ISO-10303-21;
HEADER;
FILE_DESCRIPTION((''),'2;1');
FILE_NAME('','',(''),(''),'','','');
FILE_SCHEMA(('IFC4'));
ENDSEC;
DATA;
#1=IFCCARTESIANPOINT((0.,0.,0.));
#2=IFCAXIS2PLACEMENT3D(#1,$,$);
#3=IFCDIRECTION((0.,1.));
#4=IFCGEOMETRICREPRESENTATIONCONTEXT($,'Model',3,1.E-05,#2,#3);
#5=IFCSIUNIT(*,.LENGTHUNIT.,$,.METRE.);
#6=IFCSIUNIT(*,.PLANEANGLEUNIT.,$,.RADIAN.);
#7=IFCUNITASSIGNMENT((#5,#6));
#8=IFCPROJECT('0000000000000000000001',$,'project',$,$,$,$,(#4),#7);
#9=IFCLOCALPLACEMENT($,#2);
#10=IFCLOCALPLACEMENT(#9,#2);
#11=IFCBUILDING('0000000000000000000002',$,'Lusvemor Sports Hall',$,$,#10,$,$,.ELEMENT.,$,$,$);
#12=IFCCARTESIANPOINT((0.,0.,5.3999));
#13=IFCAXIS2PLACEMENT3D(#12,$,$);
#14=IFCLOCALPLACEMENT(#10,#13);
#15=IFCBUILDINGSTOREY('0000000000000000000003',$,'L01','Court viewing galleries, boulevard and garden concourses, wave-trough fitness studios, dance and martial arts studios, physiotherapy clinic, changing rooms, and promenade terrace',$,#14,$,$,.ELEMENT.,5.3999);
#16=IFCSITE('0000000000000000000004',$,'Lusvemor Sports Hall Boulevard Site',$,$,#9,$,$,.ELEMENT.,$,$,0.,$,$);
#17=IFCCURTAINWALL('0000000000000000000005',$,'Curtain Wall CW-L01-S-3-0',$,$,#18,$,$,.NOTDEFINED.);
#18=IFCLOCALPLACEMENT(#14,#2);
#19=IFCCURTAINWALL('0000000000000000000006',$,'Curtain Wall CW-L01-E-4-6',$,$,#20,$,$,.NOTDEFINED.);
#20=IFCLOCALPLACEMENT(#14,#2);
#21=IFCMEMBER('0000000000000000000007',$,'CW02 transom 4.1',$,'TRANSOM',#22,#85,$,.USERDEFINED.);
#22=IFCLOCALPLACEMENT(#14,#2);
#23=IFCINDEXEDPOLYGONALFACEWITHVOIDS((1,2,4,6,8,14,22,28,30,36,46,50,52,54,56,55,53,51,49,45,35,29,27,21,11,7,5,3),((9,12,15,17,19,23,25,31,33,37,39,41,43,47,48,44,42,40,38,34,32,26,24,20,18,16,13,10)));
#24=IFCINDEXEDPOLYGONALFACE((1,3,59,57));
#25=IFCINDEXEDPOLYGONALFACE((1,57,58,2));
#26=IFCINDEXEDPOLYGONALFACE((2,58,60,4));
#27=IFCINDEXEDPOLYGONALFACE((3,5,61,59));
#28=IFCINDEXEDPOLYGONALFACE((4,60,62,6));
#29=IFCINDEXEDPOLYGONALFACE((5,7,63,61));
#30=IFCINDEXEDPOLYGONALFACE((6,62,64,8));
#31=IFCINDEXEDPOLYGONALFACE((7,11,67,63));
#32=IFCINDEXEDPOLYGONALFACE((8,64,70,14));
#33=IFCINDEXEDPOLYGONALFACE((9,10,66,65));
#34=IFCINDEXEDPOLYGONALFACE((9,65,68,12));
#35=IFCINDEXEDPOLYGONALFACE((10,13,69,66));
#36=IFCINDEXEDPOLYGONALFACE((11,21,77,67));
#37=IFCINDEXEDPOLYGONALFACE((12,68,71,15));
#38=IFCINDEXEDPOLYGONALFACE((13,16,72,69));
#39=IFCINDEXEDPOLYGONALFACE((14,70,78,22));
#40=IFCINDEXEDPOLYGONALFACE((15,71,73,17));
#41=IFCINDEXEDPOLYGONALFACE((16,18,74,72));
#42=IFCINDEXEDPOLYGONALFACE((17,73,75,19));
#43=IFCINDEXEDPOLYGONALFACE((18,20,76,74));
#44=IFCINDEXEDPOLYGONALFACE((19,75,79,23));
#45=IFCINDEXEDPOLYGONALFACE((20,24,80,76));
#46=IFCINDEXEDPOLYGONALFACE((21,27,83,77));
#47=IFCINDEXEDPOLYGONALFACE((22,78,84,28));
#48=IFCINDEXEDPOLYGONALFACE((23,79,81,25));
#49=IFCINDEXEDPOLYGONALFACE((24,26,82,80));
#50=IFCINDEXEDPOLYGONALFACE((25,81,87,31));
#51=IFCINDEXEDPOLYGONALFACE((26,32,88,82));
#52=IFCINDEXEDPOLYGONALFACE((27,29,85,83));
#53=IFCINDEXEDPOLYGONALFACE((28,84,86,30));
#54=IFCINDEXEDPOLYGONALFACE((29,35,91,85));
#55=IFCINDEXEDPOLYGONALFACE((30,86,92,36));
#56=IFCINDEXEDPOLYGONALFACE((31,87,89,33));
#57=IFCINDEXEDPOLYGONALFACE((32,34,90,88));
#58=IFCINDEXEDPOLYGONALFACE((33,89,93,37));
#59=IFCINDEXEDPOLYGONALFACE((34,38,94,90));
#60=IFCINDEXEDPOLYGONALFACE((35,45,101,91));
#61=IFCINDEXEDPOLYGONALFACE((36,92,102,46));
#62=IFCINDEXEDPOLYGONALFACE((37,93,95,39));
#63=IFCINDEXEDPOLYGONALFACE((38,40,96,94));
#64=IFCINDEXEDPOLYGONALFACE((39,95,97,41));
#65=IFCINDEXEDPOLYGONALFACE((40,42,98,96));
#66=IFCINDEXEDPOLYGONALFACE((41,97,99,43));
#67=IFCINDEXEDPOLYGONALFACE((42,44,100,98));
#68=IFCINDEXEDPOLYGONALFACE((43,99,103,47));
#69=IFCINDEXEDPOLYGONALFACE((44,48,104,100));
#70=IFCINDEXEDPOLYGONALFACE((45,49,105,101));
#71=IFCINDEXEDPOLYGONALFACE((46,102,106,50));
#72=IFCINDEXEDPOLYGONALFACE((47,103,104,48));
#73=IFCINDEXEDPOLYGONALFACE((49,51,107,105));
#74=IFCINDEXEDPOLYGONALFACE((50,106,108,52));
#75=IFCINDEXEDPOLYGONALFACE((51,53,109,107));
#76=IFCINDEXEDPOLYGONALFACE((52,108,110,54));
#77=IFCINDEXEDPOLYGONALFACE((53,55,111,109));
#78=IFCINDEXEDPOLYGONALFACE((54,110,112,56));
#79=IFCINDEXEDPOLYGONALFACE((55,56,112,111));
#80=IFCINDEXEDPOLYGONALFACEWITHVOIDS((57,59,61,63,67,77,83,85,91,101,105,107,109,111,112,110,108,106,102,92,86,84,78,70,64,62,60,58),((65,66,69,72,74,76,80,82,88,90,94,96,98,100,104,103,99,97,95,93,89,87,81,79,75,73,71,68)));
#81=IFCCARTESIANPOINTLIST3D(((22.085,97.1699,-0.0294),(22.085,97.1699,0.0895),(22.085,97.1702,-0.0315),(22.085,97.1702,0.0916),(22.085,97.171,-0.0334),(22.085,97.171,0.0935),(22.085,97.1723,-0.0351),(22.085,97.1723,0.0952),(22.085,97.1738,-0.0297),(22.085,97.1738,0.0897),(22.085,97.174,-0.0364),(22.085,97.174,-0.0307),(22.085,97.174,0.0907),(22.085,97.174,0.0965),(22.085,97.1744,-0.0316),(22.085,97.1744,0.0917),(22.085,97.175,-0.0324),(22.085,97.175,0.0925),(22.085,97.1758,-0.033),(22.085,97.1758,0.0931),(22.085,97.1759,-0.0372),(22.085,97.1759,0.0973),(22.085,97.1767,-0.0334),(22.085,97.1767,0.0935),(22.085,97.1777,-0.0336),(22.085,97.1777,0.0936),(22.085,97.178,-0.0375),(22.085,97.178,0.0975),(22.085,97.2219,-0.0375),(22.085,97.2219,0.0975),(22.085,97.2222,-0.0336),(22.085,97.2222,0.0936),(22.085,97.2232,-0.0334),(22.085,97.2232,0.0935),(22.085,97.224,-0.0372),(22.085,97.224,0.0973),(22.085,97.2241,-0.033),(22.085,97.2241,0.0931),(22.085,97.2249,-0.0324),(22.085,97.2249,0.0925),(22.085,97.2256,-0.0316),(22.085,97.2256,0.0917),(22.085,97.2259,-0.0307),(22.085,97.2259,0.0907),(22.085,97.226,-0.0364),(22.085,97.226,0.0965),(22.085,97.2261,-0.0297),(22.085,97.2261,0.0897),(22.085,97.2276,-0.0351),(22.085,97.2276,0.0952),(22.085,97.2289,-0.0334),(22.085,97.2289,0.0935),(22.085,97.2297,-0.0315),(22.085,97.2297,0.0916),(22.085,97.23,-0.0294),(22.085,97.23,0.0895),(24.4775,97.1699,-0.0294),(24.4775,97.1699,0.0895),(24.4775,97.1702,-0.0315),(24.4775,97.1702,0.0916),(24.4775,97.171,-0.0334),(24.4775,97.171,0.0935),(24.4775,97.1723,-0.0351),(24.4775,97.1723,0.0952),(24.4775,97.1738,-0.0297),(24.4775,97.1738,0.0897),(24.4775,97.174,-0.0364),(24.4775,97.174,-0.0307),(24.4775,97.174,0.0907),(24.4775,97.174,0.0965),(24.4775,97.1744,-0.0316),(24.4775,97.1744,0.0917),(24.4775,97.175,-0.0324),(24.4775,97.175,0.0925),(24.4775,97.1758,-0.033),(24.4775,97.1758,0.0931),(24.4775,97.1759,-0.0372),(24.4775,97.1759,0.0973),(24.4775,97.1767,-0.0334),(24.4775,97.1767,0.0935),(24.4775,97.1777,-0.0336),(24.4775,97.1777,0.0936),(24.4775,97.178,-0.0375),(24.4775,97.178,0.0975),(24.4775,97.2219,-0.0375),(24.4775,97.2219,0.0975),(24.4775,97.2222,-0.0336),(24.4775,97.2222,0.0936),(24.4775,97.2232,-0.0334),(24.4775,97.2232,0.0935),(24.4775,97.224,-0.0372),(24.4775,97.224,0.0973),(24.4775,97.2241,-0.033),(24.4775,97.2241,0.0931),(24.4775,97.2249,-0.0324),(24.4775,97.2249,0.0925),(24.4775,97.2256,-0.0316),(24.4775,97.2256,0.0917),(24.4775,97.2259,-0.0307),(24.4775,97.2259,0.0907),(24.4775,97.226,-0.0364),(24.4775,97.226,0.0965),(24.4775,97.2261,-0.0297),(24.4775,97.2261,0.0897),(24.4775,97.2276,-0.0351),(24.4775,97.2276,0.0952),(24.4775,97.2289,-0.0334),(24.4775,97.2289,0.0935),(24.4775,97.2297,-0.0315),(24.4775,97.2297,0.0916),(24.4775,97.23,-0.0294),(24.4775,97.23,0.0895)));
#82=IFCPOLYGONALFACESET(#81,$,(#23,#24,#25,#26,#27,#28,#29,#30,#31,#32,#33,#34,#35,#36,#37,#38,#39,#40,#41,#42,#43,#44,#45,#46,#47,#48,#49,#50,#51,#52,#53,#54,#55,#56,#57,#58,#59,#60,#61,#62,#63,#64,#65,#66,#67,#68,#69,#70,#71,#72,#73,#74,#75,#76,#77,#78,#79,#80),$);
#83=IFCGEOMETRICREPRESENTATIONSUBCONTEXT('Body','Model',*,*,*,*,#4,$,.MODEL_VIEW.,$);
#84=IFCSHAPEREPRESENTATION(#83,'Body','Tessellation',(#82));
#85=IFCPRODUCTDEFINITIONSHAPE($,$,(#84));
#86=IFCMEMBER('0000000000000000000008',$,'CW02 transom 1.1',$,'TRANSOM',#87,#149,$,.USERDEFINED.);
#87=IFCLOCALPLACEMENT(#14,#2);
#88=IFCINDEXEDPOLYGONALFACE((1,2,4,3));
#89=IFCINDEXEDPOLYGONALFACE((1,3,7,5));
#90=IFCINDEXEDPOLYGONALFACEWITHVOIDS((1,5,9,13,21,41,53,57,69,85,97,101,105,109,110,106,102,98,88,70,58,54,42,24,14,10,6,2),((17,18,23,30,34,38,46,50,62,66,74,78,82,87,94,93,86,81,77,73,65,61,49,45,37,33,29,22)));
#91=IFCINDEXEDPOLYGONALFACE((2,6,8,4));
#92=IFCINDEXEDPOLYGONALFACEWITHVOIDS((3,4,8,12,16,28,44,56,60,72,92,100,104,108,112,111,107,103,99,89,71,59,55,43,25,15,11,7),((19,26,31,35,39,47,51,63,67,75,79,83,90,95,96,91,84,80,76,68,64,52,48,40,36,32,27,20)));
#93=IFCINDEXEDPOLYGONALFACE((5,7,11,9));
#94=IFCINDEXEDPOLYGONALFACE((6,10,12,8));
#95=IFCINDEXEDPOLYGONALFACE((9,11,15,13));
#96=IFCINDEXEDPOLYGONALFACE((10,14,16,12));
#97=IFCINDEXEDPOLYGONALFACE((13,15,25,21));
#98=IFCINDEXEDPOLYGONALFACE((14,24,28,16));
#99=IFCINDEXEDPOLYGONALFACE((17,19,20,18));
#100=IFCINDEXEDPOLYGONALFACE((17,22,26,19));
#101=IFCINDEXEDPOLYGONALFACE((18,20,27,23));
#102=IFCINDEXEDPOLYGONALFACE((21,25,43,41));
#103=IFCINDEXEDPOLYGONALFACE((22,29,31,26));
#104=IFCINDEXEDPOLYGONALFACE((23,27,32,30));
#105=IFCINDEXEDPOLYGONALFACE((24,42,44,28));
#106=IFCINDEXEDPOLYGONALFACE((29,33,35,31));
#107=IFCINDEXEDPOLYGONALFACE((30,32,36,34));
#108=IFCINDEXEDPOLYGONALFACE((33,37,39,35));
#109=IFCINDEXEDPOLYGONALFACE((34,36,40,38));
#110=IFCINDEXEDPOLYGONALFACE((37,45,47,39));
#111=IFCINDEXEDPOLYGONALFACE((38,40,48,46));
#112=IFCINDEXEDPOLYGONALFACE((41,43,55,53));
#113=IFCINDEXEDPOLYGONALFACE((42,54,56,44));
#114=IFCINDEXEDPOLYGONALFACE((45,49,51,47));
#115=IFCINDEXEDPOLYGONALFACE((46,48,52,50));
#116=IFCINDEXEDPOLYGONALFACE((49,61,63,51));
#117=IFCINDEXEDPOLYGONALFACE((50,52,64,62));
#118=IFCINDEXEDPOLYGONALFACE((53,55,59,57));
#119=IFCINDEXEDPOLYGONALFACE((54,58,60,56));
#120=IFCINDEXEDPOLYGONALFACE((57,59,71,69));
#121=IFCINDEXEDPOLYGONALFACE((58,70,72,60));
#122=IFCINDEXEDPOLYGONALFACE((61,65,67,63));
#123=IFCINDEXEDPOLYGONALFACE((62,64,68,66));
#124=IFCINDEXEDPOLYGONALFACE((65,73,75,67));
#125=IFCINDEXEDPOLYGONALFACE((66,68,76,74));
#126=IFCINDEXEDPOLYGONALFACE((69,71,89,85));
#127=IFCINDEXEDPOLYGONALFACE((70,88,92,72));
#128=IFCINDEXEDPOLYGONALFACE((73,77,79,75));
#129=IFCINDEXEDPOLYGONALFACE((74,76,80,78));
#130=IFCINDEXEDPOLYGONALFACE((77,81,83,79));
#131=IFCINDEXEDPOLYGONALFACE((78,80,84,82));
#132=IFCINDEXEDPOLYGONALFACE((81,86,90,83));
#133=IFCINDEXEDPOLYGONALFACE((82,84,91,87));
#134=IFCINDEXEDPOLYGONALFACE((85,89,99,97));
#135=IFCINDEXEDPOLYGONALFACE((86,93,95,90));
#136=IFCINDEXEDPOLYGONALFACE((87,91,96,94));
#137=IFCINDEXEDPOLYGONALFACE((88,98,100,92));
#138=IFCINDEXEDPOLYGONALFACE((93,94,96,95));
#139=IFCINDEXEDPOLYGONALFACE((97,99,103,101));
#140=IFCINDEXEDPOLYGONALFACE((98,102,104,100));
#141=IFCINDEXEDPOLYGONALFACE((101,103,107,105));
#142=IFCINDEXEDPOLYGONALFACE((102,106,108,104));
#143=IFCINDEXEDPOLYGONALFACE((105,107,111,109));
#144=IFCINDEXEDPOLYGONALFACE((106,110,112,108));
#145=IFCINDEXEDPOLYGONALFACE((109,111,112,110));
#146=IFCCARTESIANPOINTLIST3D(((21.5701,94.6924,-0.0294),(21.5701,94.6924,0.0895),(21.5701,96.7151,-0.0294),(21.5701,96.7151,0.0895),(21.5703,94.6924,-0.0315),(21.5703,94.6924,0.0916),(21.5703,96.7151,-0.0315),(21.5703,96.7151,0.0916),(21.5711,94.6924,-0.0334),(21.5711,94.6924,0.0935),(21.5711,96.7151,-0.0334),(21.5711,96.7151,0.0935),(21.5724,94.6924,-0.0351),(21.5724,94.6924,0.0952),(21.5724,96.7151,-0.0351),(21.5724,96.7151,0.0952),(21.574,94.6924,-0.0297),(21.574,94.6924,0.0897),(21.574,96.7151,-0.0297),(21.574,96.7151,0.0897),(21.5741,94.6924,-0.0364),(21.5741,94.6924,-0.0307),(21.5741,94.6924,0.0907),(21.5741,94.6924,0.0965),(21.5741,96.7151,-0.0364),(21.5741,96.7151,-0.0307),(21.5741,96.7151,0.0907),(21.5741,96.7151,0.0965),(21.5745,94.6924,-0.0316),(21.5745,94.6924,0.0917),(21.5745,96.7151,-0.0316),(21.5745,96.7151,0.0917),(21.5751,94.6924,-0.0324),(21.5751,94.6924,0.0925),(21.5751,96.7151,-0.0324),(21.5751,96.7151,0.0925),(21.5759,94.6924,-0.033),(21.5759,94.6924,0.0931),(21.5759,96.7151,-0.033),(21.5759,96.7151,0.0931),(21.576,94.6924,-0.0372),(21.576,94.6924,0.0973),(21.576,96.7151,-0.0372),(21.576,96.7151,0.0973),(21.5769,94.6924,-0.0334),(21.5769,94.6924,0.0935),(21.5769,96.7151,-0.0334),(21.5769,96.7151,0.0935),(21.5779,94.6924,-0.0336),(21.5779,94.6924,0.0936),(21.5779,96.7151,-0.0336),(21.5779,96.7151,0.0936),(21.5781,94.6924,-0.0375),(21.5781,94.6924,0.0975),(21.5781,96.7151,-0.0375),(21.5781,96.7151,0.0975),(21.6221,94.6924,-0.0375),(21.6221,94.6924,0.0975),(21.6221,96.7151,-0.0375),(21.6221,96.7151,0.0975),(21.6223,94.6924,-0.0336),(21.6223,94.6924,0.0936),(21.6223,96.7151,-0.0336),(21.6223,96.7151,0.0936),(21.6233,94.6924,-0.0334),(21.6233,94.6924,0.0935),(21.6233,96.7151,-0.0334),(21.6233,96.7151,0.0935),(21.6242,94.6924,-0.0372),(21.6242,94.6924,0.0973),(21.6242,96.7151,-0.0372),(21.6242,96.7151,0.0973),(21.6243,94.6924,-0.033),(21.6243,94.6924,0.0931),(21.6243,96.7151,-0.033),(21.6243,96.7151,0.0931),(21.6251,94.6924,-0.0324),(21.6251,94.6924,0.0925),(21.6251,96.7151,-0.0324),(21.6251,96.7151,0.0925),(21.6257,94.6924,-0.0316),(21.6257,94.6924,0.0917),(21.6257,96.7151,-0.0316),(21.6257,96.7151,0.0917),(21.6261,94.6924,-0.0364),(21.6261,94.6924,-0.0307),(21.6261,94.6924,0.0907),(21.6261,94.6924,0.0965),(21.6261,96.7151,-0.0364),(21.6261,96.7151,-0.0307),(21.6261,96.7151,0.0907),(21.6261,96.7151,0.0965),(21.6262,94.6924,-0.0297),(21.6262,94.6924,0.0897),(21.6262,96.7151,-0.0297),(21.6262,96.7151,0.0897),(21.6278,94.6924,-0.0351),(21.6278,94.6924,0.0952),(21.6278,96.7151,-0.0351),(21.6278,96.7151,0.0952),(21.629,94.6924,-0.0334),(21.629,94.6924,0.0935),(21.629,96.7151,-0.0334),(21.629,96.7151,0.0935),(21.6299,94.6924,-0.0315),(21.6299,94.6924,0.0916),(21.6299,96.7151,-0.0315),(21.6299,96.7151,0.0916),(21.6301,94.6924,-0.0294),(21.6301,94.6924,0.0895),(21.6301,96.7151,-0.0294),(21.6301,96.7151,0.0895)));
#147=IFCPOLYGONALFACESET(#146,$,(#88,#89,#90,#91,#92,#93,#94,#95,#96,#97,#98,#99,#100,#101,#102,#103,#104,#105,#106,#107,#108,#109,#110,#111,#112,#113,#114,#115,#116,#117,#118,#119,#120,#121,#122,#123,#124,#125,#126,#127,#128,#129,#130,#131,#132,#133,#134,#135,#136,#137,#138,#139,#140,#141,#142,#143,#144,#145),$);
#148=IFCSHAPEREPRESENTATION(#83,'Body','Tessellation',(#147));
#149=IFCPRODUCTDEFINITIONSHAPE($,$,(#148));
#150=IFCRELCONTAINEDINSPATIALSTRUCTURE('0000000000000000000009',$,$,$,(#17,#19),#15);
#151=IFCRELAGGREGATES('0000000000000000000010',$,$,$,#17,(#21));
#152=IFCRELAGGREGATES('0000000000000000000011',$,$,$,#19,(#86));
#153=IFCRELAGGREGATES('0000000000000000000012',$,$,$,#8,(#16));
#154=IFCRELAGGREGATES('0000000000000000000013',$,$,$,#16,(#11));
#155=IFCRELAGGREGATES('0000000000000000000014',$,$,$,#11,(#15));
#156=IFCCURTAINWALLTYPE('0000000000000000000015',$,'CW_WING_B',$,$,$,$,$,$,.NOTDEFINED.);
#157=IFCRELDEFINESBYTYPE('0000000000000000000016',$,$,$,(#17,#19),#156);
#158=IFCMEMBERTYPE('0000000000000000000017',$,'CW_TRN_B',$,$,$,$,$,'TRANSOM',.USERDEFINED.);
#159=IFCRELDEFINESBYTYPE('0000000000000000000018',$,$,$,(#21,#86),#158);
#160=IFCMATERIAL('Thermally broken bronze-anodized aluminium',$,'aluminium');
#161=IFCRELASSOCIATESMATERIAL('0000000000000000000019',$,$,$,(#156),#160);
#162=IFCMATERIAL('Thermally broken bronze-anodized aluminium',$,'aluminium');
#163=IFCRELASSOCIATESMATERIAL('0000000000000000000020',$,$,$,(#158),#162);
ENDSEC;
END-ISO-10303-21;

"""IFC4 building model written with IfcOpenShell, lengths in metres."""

from ifc_helpers import new_model, si_unit, direction, frame, origin, origin_2d, place, context, subcontext, project, spatial, hollow_rectangle, extrude, material, material_profile, profile_set, type_object, element, aggregate, save


model = new_model("IFC4")

# Units and contexts
model_context = context("Model", 3, precision=1e-05, world=origin(), true_north=direction((0.0, 1.0)))
body_context = subcontext(model_context, "Body", "Model", "MODEL_VIEW")
ifc_project = project(units=[si_unit("LENGTHUNIT", "METRE"), si_unit("PLANEANGLEUNIT", "RADIAN")], contexts=[model_context])

# Site, building, storey
site_placement = place(None, origin())
site = spatial("IfcSite", under=ifc_project, at=site_placement, Name="Lusvemor Sports Hall Boulevard Site", CompositionType="ELEMENT", RefElevation=0.0)
building_placement = place(site_placement, origin())
building = spatial("IfcBuilding", under=site, at=building_placement, Name="Lusvemor Sports Hall", CompositionType="ELEMENT")
storey_placement = place(building_placement, frame((0.0, 0.0, 5.3999)))
storey = spatial("IfcBuildingStorey", under=building, at=storey_placement, Name="L01", Description="Court viewing galleries, boulevard and garden concourses, wave-trough fitness studios, dance and martial arts studios, physiotherapy clinic, changing rooms, and promenade terrace", CompositionType="ELEMENT", Elevation=5.3999)

# Curtain wall
ifc_material_1 = material(Name="Thermally broken bronze-anodized aluminium", Category="aluminium")
curtain_wall_type = type_object("IfcCurtainWallType", Name="CW_WING_B", PredefinedType="NOTDEFINED", material=ifc_material_1)
curtain_wall_1_placement = place(storey_placement, origin())
curtain_wall_1 = element("IfcCurtainWall", 1, at=curtain_wall_1_placement, inside=storey, type_object=curtain_wall_type, Name="Curtain Wall CW-L01-S-3-0", PredefinedType="NOTDEFINED")

# Curtain wall
curtain_wall_2_placement = place(storey_placement, origin())
curtain_wall_2 = element("IfcCurtainWall", 2, at=curtain_wall_2_placement, inside=storey, type_object=curtain_wall_type, Name="Curtain Wall CW-L01-E-4-6", PredefinedType="NOTDEFINED")

# Members
ifc_material_2 = material(Name="Thermally broken bronze-anodized aluminium", Category="aluminium")
ifc_material_profile_1 = material_profile(ifc_material_2, hollow_rectangle(XDim=0.0601, YDim=0.135, WallThickness=0.0039, InnerFilletRadius=0.0039, OuterFilletRadius=0.0081, at=origin_2d()), Name="CWTRN135x60x4")
ifc_profile_set_1 = profile_set([ifc_material_profile_1], Name="Thermally broken bronze-anodized aluminium")
member_type_1 = type_object("IfcMemberType", Name="CW_TRN_B", ElementType="TRANSOM", PredefinedType="USERDEFINED", material=ifc_profile_set_1)
member_1_placement = place(storey_placement, frame((24.4775, 97.2, 0.03), z_axis=(-1.0, 0.0, 0.0), x_axis=(0.0, -1.0, 0.0)))
member_1 = element("IfcMember", 3, at=member_1_placement, type_object=member_type_1, Name="CW02 transom 4.1", ObjectType="TRANSOM", PredefinedType="USERDEFINED", context=body_context, shape_type="SweptSolid", body=[
    extrude(hollow_rectangle(XDim=0.0601, YDim=0.135, WallThickness=0.0039, InnerFilletRadius=0.0039, OuterFilletRadius=0.0081, at=origin_2d()), origin(), (0.0, 0.0, 1.0), 2.3926),
])
member_2_placement = place(storey_placement, frame((21.6001, 96.7151, 0.03), z_axis=(0.0, -1.0, 0.0), x_axis=(1.0, 0.0, 0.0)))
member_2 = element("IfcMember", 4, at=member_2_placement, type_object=member_type_1, Name="CW02 transom 1.1", ObjectType="TRANSOM", PredefinedType="USERDEFINED", context=body_context, shape_type="SweptSolid", body=[
    extrude(hollow_rectangle(XDim=0.0601, YDim=0.135, WallThickness=0.0039, InnerFilletRadius=0.0039, OuterFilletRadius=0.0081, at=origin_2d()), origin(), (0.0, 0.0, 1.0), 2.0227),
])

aggregate(curtain_wall_1, [member_1])
aggregate(curtain_wall_2, [member_2])

save(model, "model.ifc")
